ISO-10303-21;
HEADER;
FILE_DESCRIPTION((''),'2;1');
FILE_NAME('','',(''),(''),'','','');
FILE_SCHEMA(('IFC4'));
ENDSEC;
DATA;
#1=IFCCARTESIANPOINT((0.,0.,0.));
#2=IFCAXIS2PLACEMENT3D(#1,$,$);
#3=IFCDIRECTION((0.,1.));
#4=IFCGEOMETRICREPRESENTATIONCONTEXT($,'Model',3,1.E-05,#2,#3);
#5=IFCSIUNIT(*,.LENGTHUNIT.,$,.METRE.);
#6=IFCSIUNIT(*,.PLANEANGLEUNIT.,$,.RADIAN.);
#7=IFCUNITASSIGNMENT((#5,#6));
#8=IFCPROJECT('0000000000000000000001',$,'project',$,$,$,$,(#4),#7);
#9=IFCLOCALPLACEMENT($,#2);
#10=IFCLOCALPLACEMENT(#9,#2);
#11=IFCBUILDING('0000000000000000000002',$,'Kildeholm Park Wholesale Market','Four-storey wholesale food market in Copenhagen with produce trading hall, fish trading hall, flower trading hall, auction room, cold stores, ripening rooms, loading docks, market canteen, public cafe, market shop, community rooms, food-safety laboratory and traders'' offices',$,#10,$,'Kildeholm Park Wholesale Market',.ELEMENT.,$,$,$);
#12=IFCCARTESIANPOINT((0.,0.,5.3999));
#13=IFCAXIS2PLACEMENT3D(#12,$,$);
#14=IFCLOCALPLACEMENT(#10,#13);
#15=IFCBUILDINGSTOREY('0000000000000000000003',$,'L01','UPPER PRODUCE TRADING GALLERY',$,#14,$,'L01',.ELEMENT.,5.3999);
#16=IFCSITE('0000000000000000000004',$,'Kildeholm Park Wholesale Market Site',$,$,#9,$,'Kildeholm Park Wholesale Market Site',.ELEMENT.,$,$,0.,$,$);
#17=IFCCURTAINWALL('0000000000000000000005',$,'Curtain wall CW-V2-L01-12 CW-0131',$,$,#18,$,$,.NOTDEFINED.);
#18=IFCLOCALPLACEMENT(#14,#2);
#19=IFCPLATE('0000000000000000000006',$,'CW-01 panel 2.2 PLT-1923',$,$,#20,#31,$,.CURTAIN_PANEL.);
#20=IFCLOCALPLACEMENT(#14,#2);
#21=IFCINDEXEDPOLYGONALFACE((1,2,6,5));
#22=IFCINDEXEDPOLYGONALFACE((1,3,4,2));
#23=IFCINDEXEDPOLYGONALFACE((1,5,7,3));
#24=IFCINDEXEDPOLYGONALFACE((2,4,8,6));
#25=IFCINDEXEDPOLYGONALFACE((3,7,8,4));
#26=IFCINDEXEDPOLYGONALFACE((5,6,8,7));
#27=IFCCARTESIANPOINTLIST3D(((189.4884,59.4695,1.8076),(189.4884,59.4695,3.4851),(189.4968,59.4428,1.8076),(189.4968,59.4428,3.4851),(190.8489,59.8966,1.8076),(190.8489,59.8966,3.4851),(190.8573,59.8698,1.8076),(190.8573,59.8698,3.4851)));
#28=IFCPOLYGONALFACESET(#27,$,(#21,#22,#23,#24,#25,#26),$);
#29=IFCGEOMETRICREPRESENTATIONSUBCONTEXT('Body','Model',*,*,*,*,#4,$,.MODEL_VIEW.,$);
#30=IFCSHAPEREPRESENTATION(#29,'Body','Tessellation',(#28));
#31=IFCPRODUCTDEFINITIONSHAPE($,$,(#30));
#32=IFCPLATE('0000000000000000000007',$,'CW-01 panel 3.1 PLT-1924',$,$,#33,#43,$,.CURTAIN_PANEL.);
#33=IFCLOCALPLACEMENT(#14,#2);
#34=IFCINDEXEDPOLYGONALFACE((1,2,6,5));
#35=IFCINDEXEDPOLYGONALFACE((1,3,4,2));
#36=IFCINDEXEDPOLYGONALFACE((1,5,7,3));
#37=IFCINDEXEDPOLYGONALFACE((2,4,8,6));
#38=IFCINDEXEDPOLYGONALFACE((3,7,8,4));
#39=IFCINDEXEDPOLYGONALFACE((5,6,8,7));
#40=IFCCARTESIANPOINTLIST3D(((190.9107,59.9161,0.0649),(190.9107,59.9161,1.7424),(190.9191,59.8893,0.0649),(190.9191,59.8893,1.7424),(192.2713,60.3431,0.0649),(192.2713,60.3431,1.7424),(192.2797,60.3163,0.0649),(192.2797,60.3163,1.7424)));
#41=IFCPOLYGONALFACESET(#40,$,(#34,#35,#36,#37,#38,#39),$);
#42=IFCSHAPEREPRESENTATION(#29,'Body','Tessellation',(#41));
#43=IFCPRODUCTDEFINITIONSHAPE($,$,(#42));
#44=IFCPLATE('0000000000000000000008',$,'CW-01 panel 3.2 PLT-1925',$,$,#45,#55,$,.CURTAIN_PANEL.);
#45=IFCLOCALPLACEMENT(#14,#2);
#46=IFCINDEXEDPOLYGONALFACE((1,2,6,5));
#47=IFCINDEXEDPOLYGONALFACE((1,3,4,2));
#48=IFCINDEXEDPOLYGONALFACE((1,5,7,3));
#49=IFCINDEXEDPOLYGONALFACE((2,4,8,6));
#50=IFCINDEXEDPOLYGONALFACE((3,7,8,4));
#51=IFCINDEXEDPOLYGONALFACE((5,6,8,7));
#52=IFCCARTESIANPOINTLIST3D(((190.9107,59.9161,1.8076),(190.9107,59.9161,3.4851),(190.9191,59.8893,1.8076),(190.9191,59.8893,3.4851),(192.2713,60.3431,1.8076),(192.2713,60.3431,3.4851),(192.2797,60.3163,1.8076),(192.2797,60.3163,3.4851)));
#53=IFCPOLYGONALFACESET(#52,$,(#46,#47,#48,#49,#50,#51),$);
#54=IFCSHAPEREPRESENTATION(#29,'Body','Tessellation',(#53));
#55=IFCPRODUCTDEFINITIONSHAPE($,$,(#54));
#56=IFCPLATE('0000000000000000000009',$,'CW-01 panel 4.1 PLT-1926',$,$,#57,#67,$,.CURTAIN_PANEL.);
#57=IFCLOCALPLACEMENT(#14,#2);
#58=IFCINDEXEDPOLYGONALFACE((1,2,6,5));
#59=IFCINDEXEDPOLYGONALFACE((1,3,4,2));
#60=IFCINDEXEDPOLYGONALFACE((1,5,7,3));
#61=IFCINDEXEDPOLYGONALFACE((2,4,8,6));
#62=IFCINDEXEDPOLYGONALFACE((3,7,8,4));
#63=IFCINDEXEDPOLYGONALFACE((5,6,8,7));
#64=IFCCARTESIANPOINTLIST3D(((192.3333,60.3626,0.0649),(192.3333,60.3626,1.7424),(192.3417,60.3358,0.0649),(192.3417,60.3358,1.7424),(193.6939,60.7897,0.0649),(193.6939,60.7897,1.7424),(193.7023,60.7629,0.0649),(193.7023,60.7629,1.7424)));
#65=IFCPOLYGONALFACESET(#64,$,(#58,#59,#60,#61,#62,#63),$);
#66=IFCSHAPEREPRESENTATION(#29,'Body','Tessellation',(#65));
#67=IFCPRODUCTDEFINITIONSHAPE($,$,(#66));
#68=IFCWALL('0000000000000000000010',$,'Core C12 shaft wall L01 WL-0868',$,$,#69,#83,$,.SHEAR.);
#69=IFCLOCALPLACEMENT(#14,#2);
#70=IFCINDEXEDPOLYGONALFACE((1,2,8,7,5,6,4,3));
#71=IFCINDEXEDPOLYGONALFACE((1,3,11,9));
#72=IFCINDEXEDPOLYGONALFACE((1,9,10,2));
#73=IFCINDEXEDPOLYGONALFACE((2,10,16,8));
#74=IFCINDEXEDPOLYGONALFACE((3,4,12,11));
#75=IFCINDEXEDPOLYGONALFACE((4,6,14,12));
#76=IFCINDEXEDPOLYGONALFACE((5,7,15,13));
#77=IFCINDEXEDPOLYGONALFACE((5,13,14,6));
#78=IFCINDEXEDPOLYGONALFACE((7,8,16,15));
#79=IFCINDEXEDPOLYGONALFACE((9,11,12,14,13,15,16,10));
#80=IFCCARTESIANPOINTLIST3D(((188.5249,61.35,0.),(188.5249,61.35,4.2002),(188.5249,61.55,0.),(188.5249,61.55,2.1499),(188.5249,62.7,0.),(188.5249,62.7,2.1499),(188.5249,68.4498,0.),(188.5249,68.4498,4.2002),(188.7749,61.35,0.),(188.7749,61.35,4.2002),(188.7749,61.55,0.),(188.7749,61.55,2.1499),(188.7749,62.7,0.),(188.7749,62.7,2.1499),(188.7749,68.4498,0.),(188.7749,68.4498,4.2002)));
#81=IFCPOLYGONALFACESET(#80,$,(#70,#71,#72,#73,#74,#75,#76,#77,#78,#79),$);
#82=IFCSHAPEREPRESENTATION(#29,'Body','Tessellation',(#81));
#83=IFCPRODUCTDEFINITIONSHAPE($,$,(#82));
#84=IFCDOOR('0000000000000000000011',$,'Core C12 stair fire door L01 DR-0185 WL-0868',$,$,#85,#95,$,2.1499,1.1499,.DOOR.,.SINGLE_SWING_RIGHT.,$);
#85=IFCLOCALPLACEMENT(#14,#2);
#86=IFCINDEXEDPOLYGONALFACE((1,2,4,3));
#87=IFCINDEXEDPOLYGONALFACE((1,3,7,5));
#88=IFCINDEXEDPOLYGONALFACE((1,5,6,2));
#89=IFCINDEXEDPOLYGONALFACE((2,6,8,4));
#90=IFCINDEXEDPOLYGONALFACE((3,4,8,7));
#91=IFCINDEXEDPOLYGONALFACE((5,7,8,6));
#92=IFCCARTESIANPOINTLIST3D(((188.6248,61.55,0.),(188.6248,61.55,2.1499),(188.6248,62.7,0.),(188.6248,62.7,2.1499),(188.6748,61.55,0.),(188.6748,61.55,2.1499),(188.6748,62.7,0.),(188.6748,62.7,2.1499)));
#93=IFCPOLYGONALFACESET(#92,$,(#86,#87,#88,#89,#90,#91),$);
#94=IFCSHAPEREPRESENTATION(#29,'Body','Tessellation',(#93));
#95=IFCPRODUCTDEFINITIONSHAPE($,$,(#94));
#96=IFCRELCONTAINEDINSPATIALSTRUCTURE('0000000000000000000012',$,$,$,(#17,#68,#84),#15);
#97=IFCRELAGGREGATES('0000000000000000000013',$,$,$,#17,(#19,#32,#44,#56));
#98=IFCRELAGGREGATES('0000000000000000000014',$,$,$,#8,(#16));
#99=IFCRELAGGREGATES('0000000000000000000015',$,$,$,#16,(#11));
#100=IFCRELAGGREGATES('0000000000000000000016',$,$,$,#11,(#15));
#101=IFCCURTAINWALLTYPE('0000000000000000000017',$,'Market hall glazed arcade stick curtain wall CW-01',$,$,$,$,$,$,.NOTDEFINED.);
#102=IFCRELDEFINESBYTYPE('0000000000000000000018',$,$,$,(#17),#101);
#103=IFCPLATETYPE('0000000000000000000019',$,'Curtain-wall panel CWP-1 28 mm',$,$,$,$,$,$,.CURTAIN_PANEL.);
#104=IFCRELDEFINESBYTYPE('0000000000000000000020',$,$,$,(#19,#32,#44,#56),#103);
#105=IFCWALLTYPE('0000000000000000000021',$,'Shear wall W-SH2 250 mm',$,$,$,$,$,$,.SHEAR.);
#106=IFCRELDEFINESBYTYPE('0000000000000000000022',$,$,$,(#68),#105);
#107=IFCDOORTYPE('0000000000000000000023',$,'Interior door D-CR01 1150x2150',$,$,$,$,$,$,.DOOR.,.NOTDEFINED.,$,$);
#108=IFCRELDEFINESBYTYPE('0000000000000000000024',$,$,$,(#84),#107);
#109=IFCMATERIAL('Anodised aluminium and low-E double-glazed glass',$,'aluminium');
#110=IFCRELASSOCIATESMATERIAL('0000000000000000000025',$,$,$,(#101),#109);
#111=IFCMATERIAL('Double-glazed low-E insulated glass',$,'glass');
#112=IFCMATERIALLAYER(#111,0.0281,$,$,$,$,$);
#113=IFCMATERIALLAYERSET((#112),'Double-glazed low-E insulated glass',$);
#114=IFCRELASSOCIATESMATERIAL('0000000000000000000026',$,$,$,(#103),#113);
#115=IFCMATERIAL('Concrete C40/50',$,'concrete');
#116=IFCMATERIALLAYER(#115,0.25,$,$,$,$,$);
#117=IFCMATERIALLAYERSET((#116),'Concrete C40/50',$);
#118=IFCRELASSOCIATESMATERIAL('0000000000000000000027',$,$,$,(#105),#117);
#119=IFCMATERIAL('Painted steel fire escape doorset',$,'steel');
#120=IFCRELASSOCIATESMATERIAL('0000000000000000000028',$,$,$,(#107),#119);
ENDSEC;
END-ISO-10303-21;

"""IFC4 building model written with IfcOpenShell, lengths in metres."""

from ifc_helpers import new_model, si_unit, direction, frame, frame_2d, origin, origin_2d, place, context, subcontext, project, spatial, rectangle, extrude, material, layer, layer_set, type_object, element, fill, aggregate, save


model = new_model("IFC4")

# Units and contexts
model_context = context("Model", 3, precision=1e-05, world=origin(), true_north=direction((0.0, 1.0)))
body_context = subcontext(model_context, "Body", "Model", "MODEL_VIEW")
ifc_project = project(units=[si_unit("LENGTHUNIT", "METRE"), si_unit("PLANEANGLEUNIT", "RADIAN")], contexts=[model_context])

# Site, building, storey
site_placement = place(None, origin())
site = spatial("IfcSite", under=ifc_project, at=site_placement, Name="Kildeholm Park Wholesale Market Site", LongName="Kildeholm Park Wholesale Market Site", CompositionType="ELEMENT", RefElevation=0.0)
building_placement = place(site_placement, origin())
building = spatial("IfcBuilding", under=site, at=building_placement, Name="Kildeholm Park Wholesale Market", Description="Four-storey wholesale food market in Copenhagen with produce trading hall, fish trading hall, flower trading hall, auction room, cold stores, ripening rooms, loading docks, market canteen, public cafe, market shop, community rooms, food-safety laboratory and traders' offices", LongName="Kildeholm Park Wholesale Market", CompositionType="ELEMENT")
storey_placement = place(building_placement, frame((0.0, 0.0, 5.3999)))
storey = spatial("IfcBuildingStorey", under=building, at=storey_placement, Name="L01", Description="UPPER PRODUCE TRADING GALLERY", LongName="L01", CompositionType="ELEMENT", Elevation=5.3999)

# Curtain wall
ifc_material_1 = material(Name="Anodised aluminium and low-E double-glazed glass", Category="aluminium")
curtain_wall_type = type_object("IfcCurtainWallType", Name="Market hall glazed arcade stick curtain wall CW-01", PredefinedType="NOTDEFINED", material=ifc_material_1)
curtain_wall_1_placement = place(storey_placement, origin())
curtain_wall_1 = element("IfcCurtainWall", 1, at=curtain_wall_1_placement, inside=storey, type_object=curtain_wall_type, Name="Curtain wall CW-V2-L01-12 CW-0131", PredefinedType="NOTDEFINED")

# Plates
ifc_material_2 = material(Name="Double-glazed low-E insulated glass", Category="glass")
ifc_layer_1 = layer(ifc_material_2, 0.0281)
ifc_layer_set_1 = layer_set([ifc_layer_1], Name="Double-glazed low-E insulated glass")
plate_type = type_object("IfcPlateType", Name="Curtain-wall panel CWP-1 28 mm", PredefinedType="CURTAIN_PANEL", material=ifc_layer_set_1)
plate_1_placement = place(storey_placement, frame((190.1729, 59.6697, 1.8076), z_axis=(0.0, 0.0, 1.0), x_axis=(0.954103, 0.299478, 0.0)))
plate_1 = element("IfcPlate", 2, at=plate_1_placement, type_object=plate_type, Name="CW-01 panel 2.2 PLT-1923", PredefinedType="CURTAIN_PANEL", context=body_context, shape_type="SweptSolid", body=[
    extrude(rectangle(XDim=1.426, YDim=0.0281, at=origin_2d()), origin(), (0.0, 0.0, 1.0), 1.6775),
])
plate_2_placement = place(storey_placement, frame((191.5952, 60.1162, 0.0649), z_axis=(0.0, 0.0, 1.0), x_axis=(0.954103, 0.299478, 0.0)))
plate_2 = element("IfcPlate", 3, at=plate_2_placement, type_object=plate_type, Name="CW-01 panel 3.1 PLT-1924", PredefinedType="CURTAIN_PANEL", context=body_context, shape_type="SweptSolid", body=[
    extrude(rectangle(XDim=1.426, YDim=0.0281, at=origin_2d()), origin(), (0.0, 0.0, 1.0), 1.6775),
])
plate_3_placement = place(storey_placement, frame((191.5952, 60.1162, 1.8076), z_axis=(0.0, 0.0, 1.0), x_axis=(0.954103, 0.299478, 0.0)))
plate_3 = element("IfcPlate", 4, at=plate_3_placement, type_object=plate_type, Name="CW-01 panel 3.2 PLT-1925", PredefinedType="CURTAIN_PANEL", context=body_context, shape_type="SweptSolid", body=[
    extrude(rectangle(XDim=1.426, YDim=0.0281, at=origin_2d()), origin(), (0.0, 0.0, 1.0), 1.6775),
])
plate_4_placement = place(storey_placement, frame((193.0178, 60.5627, 0.0649), z_axis=(0.0, 0.0, 1.0), x_axis=(0.954103, 0.299478, 0.0)))
plate_4 = element("IfcPlate", 5, at=plate_4_placement, type_object=plate_type, Name="CW-01 panel 4.1 PLT-1926", PredefinedType="CURTAIN_PANEL", context=body_context, shape_type="SweptSolid", body=[
    extrude(rectangle(XDim=1.426, YDim=0.0281, at=origin_2d()), origin(), (0.0, 0.0, 1.0), 1.6775),
])
aggregate(curtain_wall_1, [plate_1, plate_2, plate_3, plate_4])

# Wall, opening, door
ifc_material_3 = material(Name="Concrete C40/50", Category="concrete")
ifc_layer_2 = layer(ifc_material_3, 0.25)
ifc_layer_set_2 = layer_set([ifc_layer_2], Name="Concrete C40/50")
wall_type_1 = type_object("IfcWallType", Name="Shear wall W-SH2 250 mm", PredefinedType="SHEAR", material=ifc_layer_set_2)
wall_1_placement = place(storey_placement, frame((188.6499, 61.3501, 0.0), z_axis=(0.0, 0.0, 1.0), x_axis=(0.0, 1.0, 0.0)))
wall_1 = element("IfcWall", 6, at=wall_1_placement, inside=storey, type_object=wall_type_1, Name="Core C12 shaft wall L01 WL-0868", PredefinedType="SHEAR", context=body_context, shape_type="SweptSolid", body=[
    extrude(rectangle(XDim=7.0999, YDim=0.25, at=frame_2d((3.5498, 0.0))), origin(), (0.0, 0.0, 1.0), 4.2002),
])
opening_1_placement = place(wall_1_placement, frame((0.2, 0.0, 0.0)))
opening_1 = element("IfcOpeningElement", 7, at=opening_1_placement, cuts=wall_1, PredefinedType="OPENING", context=body_context, shape_type="SweptSolid", body=[
    extrude(rectangle(XDim=1.1499, YDim=2.1499, at=frame_2d((0.575, 1.075))), frame((0.0, 0.135, 0.0), z_axis=(0.0, -1.0, 0.0), x_axis=(1.0, 0.0, 0.0)), (0.0, 0.0, 1.0), 0.27),
])
ifc_material_4 = material(Name="Painted steel fire escape doorset", Category="steel")
door_type_1 = type_object("IfcDoorType", Name="Interior door D-CR01 1150x2150", OperationType="NOTDEFINED", PredefinedType="DOOR", material=ifc_material_4)
door_1_placement = place(opening_1_placement, frame((1.1499, 0.0, 0.0), z_axis=(0.0, 0.0, 1.0), x_axis=(-1.0, 0.0, 0.0)))
door_1 = element("IfcDoor", 8, at=door_1_placement, inside=storey, type_object=door_type_1, Name="Core C12 stair fire door L01 DR-0185 WL-0868", OperationType="SINGLE_SWING_RIGHT", OverallHeight=2.1499, OverallWidth=1.1499, PredefinedType="DOOR", context=body_context, shape_type="SweptSolid", body=[
    extrude(rectangle(XDim=1.1499, YDim=2.1499, at=frame_2d((0.575, 1.075))), frame((0.0, 0.0249, 0.0), z_axis=(0.0, -1.0, 0.0), x_axis=(1.0, 0.0, 0.0)), (0.0, 0.0, 1.0), 0.05),
])
fill(opening_1, door_1)

save(model, "model.ifc")
